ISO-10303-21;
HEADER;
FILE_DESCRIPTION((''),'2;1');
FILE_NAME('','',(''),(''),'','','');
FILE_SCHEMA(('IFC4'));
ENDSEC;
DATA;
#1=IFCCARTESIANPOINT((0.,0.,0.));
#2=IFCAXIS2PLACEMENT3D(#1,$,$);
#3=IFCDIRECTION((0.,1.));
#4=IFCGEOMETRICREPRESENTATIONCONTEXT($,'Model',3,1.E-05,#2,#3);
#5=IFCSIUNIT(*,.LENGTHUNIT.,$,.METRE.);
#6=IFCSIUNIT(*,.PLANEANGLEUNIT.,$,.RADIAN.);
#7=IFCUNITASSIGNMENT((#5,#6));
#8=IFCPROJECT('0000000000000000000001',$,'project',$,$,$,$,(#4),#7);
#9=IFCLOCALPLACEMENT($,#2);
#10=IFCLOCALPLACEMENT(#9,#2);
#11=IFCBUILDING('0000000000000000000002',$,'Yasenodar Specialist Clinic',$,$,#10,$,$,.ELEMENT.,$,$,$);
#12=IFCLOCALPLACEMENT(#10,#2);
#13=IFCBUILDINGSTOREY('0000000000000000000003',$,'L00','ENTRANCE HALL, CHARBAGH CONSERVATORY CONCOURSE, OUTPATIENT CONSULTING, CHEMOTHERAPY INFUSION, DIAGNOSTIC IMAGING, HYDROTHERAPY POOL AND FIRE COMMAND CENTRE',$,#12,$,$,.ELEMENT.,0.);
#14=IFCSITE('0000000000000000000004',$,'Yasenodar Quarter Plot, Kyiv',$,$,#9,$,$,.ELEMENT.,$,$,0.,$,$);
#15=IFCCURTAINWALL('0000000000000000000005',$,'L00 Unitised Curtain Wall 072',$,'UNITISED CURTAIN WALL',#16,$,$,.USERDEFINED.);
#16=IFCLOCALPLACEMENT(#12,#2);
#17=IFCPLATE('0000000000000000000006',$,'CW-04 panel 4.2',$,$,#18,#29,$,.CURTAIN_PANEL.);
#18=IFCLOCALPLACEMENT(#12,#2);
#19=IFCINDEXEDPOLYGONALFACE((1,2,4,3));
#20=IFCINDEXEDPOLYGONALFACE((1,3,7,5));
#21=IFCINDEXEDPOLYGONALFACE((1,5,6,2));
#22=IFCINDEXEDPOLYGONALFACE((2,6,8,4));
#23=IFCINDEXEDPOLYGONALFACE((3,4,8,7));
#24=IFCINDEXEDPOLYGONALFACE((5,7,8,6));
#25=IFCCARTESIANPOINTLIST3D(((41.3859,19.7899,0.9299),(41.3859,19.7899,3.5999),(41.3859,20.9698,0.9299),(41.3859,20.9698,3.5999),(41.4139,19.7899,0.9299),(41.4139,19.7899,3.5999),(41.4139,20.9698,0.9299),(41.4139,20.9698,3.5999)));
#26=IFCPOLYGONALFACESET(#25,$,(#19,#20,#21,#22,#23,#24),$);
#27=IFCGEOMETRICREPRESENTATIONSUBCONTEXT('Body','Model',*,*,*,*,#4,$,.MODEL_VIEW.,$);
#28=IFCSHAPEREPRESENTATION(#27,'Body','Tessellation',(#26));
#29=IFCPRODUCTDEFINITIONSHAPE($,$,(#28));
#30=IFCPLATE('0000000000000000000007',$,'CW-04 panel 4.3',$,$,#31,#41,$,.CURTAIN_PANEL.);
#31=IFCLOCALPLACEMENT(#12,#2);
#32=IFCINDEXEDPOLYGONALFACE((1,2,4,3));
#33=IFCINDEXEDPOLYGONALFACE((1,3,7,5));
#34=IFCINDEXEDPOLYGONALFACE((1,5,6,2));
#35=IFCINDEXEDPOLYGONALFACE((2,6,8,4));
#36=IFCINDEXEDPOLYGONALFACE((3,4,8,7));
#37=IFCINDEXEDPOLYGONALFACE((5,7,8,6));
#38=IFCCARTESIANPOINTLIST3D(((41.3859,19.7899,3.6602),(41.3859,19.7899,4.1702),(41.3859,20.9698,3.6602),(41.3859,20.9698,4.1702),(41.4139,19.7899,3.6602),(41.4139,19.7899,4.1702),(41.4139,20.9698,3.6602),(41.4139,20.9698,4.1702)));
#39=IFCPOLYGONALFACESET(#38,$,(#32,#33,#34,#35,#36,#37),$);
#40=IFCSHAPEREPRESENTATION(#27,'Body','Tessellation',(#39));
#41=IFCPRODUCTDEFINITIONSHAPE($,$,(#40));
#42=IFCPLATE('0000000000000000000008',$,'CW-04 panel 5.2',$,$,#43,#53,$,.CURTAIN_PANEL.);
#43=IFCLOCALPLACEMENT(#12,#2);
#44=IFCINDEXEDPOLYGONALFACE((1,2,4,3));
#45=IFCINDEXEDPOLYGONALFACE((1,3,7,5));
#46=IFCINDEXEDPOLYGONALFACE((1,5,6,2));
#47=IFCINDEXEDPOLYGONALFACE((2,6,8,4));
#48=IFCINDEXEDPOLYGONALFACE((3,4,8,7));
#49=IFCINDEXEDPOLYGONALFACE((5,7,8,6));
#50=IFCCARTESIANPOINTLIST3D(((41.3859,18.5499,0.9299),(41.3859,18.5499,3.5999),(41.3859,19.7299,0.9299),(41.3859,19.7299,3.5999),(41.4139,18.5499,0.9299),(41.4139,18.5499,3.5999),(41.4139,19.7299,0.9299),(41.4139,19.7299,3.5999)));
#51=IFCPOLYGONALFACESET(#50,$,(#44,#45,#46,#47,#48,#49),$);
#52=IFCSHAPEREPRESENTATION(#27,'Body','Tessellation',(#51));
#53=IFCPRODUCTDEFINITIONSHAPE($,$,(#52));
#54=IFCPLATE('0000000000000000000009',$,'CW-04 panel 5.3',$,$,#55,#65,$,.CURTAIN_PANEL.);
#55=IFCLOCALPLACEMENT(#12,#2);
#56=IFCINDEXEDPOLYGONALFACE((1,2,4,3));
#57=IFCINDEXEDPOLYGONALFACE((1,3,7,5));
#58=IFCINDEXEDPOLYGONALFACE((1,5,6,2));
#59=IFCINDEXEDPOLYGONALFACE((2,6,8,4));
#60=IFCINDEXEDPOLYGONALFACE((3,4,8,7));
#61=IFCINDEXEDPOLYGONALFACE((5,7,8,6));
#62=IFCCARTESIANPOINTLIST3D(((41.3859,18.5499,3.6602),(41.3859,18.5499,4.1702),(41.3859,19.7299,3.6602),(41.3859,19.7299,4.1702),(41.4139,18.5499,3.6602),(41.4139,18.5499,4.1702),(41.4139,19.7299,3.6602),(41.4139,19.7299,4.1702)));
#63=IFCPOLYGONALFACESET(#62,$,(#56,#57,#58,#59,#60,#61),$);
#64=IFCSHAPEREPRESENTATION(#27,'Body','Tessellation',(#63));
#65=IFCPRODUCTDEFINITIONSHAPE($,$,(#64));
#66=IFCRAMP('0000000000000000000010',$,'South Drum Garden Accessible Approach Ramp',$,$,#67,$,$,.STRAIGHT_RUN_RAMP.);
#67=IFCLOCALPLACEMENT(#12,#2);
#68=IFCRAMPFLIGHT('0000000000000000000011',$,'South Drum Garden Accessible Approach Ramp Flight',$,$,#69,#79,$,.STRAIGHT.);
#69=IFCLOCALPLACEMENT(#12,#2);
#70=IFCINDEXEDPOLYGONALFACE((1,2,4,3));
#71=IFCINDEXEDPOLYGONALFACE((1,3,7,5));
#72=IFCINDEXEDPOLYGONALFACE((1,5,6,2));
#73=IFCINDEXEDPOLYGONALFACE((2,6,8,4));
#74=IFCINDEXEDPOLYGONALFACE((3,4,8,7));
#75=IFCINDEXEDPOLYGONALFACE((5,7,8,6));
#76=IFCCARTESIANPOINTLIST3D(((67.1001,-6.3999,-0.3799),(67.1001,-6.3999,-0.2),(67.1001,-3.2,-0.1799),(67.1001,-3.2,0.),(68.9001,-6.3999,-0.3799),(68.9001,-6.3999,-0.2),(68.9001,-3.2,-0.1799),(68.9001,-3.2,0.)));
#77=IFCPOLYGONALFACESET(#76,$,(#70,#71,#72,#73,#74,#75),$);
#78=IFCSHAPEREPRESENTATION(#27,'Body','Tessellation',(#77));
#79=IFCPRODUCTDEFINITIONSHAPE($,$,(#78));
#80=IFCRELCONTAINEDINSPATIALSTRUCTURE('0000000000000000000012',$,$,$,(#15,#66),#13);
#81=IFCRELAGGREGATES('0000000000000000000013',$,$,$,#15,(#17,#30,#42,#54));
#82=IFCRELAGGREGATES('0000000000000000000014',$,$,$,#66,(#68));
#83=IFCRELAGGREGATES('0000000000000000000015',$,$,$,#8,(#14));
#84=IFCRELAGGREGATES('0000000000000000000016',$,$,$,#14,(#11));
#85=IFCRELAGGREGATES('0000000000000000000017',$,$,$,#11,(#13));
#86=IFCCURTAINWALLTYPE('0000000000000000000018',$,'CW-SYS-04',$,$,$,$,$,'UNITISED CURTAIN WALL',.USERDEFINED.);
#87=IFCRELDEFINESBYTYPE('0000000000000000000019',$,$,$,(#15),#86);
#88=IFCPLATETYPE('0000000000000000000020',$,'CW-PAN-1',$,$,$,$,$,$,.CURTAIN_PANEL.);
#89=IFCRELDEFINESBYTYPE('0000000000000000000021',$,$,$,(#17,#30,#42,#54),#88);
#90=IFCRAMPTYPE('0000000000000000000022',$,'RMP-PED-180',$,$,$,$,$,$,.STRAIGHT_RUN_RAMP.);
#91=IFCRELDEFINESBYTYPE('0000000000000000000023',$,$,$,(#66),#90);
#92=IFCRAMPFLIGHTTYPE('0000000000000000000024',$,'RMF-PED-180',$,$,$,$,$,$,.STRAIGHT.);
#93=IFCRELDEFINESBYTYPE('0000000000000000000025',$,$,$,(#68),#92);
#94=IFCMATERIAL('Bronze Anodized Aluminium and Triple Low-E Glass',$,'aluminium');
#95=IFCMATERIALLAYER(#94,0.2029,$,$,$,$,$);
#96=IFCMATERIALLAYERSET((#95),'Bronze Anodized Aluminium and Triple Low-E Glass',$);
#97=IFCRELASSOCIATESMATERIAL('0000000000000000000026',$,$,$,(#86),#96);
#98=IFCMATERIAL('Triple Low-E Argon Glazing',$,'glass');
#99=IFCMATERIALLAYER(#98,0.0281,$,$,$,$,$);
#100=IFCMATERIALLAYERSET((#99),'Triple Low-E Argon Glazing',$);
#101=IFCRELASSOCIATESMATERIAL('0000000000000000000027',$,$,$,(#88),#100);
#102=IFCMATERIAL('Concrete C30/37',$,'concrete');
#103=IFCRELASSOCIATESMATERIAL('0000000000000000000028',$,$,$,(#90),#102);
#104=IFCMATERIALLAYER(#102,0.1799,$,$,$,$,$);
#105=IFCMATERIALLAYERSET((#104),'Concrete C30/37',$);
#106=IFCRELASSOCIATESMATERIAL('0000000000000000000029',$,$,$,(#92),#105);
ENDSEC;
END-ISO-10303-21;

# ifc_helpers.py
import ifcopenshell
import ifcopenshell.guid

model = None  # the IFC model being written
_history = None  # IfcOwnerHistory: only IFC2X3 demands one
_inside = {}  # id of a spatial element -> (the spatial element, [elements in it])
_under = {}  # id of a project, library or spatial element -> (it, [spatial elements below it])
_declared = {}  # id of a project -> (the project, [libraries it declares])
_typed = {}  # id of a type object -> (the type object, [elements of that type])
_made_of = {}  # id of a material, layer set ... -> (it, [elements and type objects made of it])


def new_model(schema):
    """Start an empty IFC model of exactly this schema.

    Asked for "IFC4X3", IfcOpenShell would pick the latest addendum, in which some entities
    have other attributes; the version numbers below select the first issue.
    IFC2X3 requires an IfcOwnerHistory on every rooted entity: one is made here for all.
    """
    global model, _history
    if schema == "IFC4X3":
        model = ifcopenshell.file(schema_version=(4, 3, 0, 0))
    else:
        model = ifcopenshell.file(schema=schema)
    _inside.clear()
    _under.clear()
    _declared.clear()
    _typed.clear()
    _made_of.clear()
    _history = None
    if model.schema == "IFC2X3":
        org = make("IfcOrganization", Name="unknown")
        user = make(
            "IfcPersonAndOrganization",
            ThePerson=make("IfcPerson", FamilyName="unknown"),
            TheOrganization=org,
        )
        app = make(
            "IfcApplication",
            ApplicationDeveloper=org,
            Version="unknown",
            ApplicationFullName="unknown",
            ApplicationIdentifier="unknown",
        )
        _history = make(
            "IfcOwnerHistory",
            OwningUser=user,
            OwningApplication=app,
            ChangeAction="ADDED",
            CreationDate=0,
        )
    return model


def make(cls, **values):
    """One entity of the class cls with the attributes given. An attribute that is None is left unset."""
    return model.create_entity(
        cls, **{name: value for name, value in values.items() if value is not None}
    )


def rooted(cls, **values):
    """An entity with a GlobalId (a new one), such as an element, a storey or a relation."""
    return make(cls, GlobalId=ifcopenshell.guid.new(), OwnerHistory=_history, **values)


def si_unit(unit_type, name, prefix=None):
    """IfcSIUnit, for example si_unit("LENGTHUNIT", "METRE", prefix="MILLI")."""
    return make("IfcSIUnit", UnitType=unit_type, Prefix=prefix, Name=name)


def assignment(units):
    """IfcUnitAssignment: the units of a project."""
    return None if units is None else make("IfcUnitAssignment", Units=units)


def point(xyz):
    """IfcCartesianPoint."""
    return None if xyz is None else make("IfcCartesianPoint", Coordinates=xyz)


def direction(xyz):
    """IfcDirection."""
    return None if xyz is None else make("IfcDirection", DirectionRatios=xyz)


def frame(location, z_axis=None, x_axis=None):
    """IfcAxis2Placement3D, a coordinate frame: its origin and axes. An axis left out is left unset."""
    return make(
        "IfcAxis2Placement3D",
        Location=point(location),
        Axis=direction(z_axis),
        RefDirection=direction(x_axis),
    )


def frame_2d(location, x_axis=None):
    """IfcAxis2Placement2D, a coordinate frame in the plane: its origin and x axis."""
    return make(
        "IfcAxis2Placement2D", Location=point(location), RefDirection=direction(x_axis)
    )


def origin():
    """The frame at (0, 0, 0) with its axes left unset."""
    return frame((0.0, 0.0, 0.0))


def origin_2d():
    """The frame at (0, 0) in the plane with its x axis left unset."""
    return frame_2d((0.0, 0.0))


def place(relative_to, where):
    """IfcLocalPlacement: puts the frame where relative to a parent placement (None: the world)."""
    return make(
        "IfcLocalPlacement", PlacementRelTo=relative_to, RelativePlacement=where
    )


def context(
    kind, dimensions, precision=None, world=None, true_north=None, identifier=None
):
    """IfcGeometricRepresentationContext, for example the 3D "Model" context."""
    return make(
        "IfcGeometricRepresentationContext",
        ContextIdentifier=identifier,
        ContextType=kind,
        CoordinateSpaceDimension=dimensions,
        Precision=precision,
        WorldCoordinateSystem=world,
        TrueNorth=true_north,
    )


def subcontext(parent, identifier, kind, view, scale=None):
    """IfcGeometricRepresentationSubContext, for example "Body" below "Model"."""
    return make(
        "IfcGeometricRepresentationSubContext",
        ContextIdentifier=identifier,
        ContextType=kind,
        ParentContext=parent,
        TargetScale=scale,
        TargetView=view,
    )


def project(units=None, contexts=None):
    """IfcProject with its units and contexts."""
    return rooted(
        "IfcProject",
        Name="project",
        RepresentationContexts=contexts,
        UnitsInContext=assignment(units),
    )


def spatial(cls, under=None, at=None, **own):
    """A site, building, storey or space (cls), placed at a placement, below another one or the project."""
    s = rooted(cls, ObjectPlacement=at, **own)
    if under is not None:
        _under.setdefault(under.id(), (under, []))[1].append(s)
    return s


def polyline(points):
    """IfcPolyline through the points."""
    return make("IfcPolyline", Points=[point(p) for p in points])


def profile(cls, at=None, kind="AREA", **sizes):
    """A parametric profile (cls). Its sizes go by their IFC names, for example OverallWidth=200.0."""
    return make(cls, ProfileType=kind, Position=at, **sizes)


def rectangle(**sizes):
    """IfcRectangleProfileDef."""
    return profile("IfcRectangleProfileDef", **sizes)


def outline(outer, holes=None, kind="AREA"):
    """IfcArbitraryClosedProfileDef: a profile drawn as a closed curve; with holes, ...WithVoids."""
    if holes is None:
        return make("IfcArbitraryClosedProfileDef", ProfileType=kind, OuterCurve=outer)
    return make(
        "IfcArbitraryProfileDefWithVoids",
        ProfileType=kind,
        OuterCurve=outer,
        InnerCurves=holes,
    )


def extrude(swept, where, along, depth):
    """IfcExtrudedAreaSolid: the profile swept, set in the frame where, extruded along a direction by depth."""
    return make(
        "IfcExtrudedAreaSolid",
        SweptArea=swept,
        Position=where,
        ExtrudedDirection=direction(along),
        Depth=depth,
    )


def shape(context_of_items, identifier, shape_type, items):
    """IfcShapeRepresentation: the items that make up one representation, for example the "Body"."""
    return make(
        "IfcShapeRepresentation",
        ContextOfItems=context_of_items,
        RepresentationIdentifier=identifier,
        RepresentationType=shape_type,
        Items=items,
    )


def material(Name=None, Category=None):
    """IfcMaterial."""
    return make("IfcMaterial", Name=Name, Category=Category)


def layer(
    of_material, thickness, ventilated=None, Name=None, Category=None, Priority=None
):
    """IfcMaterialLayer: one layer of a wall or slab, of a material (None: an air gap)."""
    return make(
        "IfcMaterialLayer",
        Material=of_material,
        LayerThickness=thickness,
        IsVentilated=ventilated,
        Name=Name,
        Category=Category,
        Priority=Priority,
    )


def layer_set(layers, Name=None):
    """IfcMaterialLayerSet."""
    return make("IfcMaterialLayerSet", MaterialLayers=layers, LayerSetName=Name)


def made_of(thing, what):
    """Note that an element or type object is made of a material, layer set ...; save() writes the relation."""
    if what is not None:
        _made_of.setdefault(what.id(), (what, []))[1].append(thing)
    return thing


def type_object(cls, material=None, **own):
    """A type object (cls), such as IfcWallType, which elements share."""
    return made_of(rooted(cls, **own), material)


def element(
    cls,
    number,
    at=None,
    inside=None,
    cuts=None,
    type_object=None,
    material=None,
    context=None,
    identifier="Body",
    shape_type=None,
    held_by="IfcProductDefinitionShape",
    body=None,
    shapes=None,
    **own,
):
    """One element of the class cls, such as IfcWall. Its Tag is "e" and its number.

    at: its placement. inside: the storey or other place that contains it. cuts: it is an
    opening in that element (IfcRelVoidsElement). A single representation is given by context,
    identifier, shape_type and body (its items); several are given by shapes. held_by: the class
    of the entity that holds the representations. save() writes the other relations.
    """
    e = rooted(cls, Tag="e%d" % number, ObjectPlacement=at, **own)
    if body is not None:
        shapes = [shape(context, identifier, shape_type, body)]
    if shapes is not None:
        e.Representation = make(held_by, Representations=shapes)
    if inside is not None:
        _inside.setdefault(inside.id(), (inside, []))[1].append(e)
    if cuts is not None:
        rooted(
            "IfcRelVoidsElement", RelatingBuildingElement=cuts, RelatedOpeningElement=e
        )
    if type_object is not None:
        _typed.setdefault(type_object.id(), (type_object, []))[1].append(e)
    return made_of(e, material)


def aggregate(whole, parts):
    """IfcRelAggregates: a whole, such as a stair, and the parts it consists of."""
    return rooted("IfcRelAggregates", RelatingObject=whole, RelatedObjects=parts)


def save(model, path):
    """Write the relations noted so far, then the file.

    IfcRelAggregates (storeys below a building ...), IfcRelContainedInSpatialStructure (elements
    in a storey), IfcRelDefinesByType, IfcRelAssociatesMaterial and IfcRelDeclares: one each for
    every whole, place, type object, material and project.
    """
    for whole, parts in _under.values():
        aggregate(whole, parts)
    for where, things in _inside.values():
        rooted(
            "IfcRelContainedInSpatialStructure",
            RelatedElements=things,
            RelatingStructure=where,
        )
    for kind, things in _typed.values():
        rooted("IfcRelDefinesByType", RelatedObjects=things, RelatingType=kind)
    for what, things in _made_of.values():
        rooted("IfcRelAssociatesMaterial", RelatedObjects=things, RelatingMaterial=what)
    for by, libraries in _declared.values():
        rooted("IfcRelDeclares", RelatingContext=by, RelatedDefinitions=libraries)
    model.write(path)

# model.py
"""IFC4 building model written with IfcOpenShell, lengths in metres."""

from ifc_helpers import new_model, si_unit, direction, frame, origin, origin_2d, place, context, subcontext, project, spatial, polyline, rectangle, outline, extrude, material, layer, layer_set, type_object, element, aggregate, save


model = new_model("IFC4")

# Units and contexts
model_context = context("Model", 3, precision=1e-05, world=origin(), true_north=direction((0.0, 1.0)))
body_context = subcontext(model_context, "Body", "Model", "MODEL_VIEW")
ifc_project = project(units=[si_unit("LENGTHUNIT", "METRE"), si_unit("PLANEANGLEUNIT", "RADIAN")], contexts=[model_context])

# Site, building, storey
site_placement = place(None, origin())
site = spatial("IfcSite", under=ifc_project, at=site_placement, Name="Yasenodar Quarter Plot, Kyiv", CompositionType="ELEMENT", RefElevation=0.0)
building_placement = place(site_placement, origin())
building = spatial("IfcBuilding", under=site, at=building_placement, Name="Yasenodar Specialist Clinic", CompositionType="ELEMENT")
storey_placement = place(building_placement, origin())
storey = spatial("IfcBuildingStorey", under=building, at=storey_placement, Name="L00", Description="ENTRANCE HALL, CHARBAGH CONSERVATORY CONCOURSE, OUTPATIENT CONSULTING, CHEMOTHERAPY INFUSION, DIAGNOSTIC IMAGING, HYDROTHERAPY POOL AND FIRE COMMAND CENTRE", CompositionType="ELEMENT", Elevation=0.0)

# Curtain wall, plates
ifc_material_1 = material(Name="Bronze Anodized Aluminium and Triple Low-E Glass", Category="aluminium")
ifc_layer_1 = layer(ifc_material_1, 0.2029)
ifc_layer_set_1 = layer_set([ifc_layer_1], Name="Bronze Anodized Aluminium and Triple Low-E Glass")
curtain_wall_type = type_object("IfcCurtainWallType", Name="CW-SYS-04", ElementType="UNITISED CURTAIN WALL", PredefinedType="USERDEFINED", material=ifc_layer_set_1)
curtain_wall_placement = place(storey_placement, origin())
curtain_wall = element("IfcCurtainWall", 1, at=curtain_wall_placement, inside=storey, type_object=curtain_wall_type, Name="L00 Unitised Curtain Wall 072", ObjectType="UNITISED CURTAIN WALL", PredefinedType="USERDEFINED")
ifc_material_2 = material(Name="Triple Low-E Argon Glazing", Category="glass")
ifc_layer_2 = layer(ifc_material_2, 0.0281)
ifc_layer_set_2 = layer_set([ifc_layer_2], Name="Triple Low-E Argon Glazing")
plate_type = type_object("IfcPlateType", Name="CW-PAN-1", PredefinedType="CURTAIN_PANEL", material=ifc_layer_set_2)
plate_1_placement = place(storey_placement, frame((41.3999, 20.3799, 0.9299), z_axis=(0.0, 0.0, 1.0), x_axis=(0.0, -1.0, 0.0)))
plate_1 = element("IfcPlate", 2, at=plate_1_placement, type_object=plate_type, Name="CW-04 panel 4.2", PredefinedType="CURTAIN_PANEL", context=body_context, shape_type="SweptSolid", body=[
    extrude(rectangle(XDim=1.1799, YDim=0.0281, at=origin_2d()), origin(), (0.0, 0.0, 1.0), 2.6699),
])
plate_2_placement = place(storey_placement, frame((41.3999, 20.3799, 3.6602), z_axis=(0.0, 0.0, 1.0), x_axis=(0.0, -1.0, 0.0)))
plate_2 = element("IfcPlate", 3, at=plate_2_placement, type_object=plate_type, Name="CW-04 panel 4.3", PredefinedType="CURTAIN_PANEL", context=body_context, shape_type="SweptSolid", body=[
    extrude(rectangle(XDim=1.1799, YDim=0.0281, at=origin_2d()), origin(), (0.0, 0.0, 1.0), 0.51),
])
plate_3_placement = place(storey_placement, frame((41.3999, 19.1399, 0.9299), z_axis=(0.0, 0.0, 1.0), x_axis=(0.0, -1.0, 0.0)))
plate_3 = element("IfcPlate", 4, at=plate_3_placement, type_object=plate_type, Name="CW-04 panel 5.2", PredefinedType="CURTAIN_PANEL", context=body_context, shape_type="SweptSolid", body=[
    extrude(rectangle(XDim=1.1799, YDim=0.0281, at=origin_2d()), origin(), (0.0, 0.0, 1.0), 2.6699),
])
plate_4_placement = place(storey_placement, frame((41.3999, 19.1399, 3.6602), z_axis=(0.0, 0.0, 1.0), x_axis=(0.0, -1.0, 0.0)))
plate_4 = element("IfcPlate", 5, at=plate_4_placement, type_object=plate_type, Name="CW-04 panel 5.3", PredefinedType="CURTAIN_PANEL", context=body_context, shape_type="SweptSolid", body=[
    extrude(rectangle(XDim=1.1799, YDim=0.0281, at=origin_2d()), origin(), (0.0, 0.0, 1.0), 0.51),
])
aggregate(curtain_wall, [plate_1, plate_2, plate_3, plate_4])

# Ramp, ramp flight
ifc_material_3 = material(Name="Concrete C30/37", Category="concrete")
ramp_type = type_object("IfcRampType", Name="RMP-PED-180", PredefinedType="STRAIGHT_RUN_RAMP", material=ifc_material_3)
ramp_placement = place(storey_placement, origin())
ramp = element("IfcRamp", 6, at=ramp_placement, inside=storey, type_object=ramp_type, Name="South Drum Garden Accessible Approach Ramp", PredefinedType="STRAIGHT_RUN_RAMP")
ifc_layer_3 = layer(ifc_material_3, 0.1799)
ifc_layer_set_3 = layer_set([ifc_layer_3], Name="Concrete C30/37")
ramp_flight_type = type_object("IfcRampFlightType", Name="RMF-PED-180", PredefinedType="STRAIGHT", material=ifc_layer_set_3)
ramp_flight_placement = place(storey_placement, frame((68.0, -6.3999, -0.2), z_axis=(0.0, 0.0, 1.0), x_axis=(0.0, 1.0, 0.0)))
ramp_flight = element("IfcRampFlight", 7, at=ramp_flight_placement, type_object=ramp_flight_type, Name="South Drum Garden Accessible Approach Ramp Flight", PredefinedType="STRAIGHT", context=body_context, shape_type="SweptSolid", body=[
    extrude(outline(polyline([(0.0, 0.0), (3.2, 0.2), (3.2, 0.02), (0.0, -0.1799), (0.0, 0.0)])), frame((0.0, 0.8999, 0.0), z_axis=(0.0, -1.0, 0.0), x_axis=(1.0, 0.0, 0.0)), (0.0, 0.0, 1.0), 1.8),
])
aggregate(ramp, [ramp_flight])

save(model, "model.ifc")
